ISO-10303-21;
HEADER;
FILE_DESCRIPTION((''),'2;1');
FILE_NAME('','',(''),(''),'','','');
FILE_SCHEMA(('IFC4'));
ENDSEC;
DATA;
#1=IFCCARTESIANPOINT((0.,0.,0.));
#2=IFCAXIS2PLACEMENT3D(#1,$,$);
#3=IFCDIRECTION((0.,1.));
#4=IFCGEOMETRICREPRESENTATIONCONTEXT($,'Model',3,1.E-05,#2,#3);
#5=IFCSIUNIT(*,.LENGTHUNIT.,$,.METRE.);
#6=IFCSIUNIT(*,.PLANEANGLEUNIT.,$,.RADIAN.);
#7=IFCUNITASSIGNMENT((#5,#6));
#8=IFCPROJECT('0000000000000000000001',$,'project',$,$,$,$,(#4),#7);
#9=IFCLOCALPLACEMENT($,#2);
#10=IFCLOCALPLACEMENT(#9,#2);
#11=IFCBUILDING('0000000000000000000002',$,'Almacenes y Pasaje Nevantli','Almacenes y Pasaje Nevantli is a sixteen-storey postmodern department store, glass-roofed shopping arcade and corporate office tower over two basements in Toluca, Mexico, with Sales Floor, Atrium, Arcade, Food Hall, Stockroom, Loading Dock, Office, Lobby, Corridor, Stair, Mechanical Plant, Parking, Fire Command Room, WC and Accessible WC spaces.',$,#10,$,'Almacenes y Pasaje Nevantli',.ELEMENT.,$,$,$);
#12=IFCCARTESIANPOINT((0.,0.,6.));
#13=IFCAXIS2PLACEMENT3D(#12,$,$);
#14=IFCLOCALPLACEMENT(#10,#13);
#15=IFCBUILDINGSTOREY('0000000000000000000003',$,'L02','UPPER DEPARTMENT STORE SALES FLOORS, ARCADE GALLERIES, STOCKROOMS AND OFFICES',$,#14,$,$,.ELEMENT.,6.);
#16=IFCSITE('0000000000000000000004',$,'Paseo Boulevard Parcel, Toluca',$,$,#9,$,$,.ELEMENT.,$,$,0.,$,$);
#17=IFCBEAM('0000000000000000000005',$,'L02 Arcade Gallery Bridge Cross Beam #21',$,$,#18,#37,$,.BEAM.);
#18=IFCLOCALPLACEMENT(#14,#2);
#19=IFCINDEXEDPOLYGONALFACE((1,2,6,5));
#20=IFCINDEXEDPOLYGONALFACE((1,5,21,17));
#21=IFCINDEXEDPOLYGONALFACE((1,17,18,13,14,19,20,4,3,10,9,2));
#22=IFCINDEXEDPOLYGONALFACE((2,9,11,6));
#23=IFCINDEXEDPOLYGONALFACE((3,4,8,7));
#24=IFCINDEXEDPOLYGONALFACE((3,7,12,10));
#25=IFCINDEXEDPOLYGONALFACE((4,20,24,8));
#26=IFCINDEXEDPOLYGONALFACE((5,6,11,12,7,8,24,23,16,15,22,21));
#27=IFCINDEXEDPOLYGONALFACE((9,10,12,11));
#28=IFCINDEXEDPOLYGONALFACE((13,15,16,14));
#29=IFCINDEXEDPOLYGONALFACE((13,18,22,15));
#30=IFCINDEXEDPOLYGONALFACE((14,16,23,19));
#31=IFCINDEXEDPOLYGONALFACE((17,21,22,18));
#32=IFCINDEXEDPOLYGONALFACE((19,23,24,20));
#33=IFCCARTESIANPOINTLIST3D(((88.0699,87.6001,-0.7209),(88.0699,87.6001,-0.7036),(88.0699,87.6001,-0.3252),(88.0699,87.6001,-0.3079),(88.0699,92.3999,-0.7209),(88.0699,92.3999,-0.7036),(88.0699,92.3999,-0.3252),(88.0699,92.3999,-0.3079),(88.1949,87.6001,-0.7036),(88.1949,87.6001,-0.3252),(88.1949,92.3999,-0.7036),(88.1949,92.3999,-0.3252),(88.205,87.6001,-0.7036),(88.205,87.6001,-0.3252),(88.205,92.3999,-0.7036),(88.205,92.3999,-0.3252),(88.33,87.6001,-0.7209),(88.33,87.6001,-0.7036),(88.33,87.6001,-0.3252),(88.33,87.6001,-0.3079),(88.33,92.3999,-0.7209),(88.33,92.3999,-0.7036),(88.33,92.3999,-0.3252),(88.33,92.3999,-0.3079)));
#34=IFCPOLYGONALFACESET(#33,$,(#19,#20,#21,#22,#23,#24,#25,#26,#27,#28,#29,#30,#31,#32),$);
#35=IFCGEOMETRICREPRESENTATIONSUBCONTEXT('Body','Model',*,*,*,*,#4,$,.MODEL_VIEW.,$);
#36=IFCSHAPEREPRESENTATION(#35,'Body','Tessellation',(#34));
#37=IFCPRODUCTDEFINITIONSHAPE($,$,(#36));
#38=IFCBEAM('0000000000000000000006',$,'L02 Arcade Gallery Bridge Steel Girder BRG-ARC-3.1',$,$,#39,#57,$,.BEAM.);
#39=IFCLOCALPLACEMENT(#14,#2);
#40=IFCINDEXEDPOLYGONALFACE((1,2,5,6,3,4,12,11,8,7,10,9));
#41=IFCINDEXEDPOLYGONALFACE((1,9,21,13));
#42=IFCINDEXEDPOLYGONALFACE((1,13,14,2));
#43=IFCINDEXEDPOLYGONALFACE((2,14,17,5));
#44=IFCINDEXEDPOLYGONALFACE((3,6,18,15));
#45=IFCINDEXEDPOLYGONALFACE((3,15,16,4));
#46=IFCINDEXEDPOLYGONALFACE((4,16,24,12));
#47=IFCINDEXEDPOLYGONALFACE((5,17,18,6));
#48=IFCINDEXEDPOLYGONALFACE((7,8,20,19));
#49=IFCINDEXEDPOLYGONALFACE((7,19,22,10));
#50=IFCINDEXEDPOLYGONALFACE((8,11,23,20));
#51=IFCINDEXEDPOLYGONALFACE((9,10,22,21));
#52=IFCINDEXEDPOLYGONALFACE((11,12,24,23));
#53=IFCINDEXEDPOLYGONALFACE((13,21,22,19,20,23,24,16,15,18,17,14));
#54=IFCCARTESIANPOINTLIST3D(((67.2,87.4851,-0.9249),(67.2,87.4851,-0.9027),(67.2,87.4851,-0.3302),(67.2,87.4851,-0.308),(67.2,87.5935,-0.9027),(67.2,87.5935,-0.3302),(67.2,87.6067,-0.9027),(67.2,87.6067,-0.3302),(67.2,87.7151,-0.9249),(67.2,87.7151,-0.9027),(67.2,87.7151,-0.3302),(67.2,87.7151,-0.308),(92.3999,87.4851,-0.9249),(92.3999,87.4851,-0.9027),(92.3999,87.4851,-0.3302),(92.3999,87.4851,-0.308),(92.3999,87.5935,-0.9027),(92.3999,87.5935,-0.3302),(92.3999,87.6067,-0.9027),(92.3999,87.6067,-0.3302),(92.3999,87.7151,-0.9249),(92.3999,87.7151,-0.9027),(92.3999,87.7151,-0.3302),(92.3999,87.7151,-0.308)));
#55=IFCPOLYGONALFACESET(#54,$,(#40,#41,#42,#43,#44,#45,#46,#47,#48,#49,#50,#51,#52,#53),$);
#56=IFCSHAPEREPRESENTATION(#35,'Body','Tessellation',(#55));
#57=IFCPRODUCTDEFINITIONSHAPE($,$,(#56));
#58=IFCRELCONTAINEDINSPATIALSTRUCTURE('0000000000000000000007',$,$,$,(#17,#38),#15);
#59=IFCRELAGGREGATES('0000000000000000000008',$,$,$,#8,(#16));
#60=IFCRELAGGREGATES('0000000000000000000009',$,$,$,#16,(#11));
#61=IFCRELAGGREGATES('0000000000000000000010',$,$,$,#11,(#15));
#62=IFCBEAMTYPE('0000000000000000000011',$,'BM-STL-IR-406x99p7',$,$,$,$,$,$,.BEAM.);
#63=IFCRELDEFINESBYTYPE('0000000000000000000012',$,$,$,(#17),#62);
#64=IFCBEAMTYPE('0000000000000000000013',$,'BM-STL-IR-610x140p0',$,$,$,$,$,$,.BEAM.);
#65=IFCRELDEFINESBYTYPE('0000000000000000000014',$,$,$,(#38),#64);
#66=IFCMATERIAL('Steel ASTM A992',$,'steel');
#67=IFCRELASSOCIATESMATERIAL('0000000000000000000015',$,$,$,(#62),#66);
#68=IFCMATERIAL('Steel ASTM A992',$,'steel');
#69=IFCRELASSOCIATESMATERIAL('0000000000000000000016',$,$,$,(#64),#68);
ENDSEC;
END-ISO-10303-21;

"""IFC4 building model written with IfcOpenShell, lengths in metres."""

from ifc_helpers import new_model, si_unit, direction, frame, origin, origin_2d, place, context, subcontext, project, spatial, i_section, extrude, material, material_profile, profile_set, type_object, element, save


model = new_model("IFC4")

# Units and contexts
model_context = context("Model", 3, precision=1e-05, world=origin(), true_north=direction((0.0, 1.0)))
body_context = subcontext(model_context, "Body", "Model", "MODEL_VIEW")
ifc_project = project(units=[si_unit("LENGTHUNIT", "METRE"), si_unit("PLANEANGLEUNIT", "RADIAN")], contexts=[model_context])

# Site, building, storey
site_placement = place(None, origin())
site = spatial("IfcSite", under=ifc_project, at=site_placement, Name="Paseo Boulevard Parcel, Toluca", CompositionType="ELEMENT", RefElevation=0.0)
building_placement = place(site_placement, origin())
building = spatial("IfcBuilding", under=site, at=building_placement, Name="Almacenes y Pasaje Nevantli", Description="Almacenes y Pasaje Nevantli is a sixteen-storey postmodern department store, glass-roofed shopping arcade and corporate office tower over two basements in Toluca, Mexico, with Sales Floor, Atrium, Arcade, Food Hall, Stockroom, Loading Dock, Office, Lobby, Corridor, Stair, Mechanical Plant, Parking, Fire Command Room, WC and Accessible WC spaces.", LongName="Almacenes y Pasaje Nevantli", CompositionType="ELEMENT")
storey_placement = place(building_placement, frame((0.0, 0.0, 6.0)))
storey = spatial("IfcBuildingStorey", under=building, at=storey_placement, Name="L02", Description="UPPER DEPARTMENT STORE SALES FLOORS, ARCADE GALLERIES, STOCKROOMS AND OFFICES", CompositionType="ELEMENT", Elevation=6.0)

# Beams
ifc_material_1 = material(Name="Steel ASTM A992", Category="steel")
ifc_material_profile_1 = material_profile(ifc_material_1, i_section(OverallWidth=0.26, OverallDepth=0.4131, WebThickness=0.01, FlangeThickness=0.0173, at=origin_2d()), Name="IR 406x99.7")
ifc_profile_set_1 = profile_set([ifc_material_profile_1], Name="Steel ASTM A992")
beam_type_1 = type_object("IfcBeamType", Name="BM-STL-IR-406x99p7", PredefinedType="BEAM", material=ifc_profile_set_1)
for number, where, z_axis, x_axis, name in (
    (1, (88.2, 87.6001, -0.5144), (0.0, 1.0, 0.0), (-1.0, 0.0, 0.0), "L02 Arcade Gallery Bridge Cross Beam #21"),
):
    element("IfcBeam", number, at=place(storey_placement, frame(where, z_axis=z_axis, x_axis=x_axis)), inside=storey, type_object=beam_type_1, Name=name, PredefinedType="BEAM", context=body_context, shape_type="SweptSolid", body=[
        extrude(i_section(OverallWidth=0.26, OverallDepth=0.4131, WebThickness=0.01, FlangeThickness=0.0173, at=origin_2d()), origin(), (0.0, 0.0, 1.0), 4.7998),
    ])
ifc_material_2 = material(Name="Steel ASTM A992", Category="steel")
ifc_material_profile_2 = material_profile(ifc_material_2, i_section(OverallWidth=0.23, OverallDepth=0.6169, WebThickness=0.0132, FlangeThickness=0.0222, at=origin_2d()), Name="IR 610x140.0")
ifc_profile_set_2 = profile_set([ifc_material_profile_2], Name="Steel ASTM A992")
beam_type_2 = type_object("IfcBeamType", Name="BM-STL-IR-610x140p0", PredefinedType="BEAM", material=ifc_profile_set_2)
beam_1_placement = place(storey_placement, frame((67.2, 87.6001, -0.6165), z_axis=(1.0, 0.0, 0.0), x_axis=(0.0, 1.0, 0.0)))
element("IfcBeam", 2, at=beam_1_placement, inside=storey, type_object=beam_type_2, Name="L02 Arcade Gallery Bridge Steel Girder BRG-ARC-3.1", PredefinedType="BEAM", context=body_context, shape_type="SweptSolid", body=[
    extrude(i_section(OverallWidth=0.23, OverallDepth=0.6169, WebThickness=0.0132, FlangeThickness=0.0222, at=origin_2d()), origin(), (0.0, 0.0, 1.0), 25.2),
])

save(model, "model.ifc")
